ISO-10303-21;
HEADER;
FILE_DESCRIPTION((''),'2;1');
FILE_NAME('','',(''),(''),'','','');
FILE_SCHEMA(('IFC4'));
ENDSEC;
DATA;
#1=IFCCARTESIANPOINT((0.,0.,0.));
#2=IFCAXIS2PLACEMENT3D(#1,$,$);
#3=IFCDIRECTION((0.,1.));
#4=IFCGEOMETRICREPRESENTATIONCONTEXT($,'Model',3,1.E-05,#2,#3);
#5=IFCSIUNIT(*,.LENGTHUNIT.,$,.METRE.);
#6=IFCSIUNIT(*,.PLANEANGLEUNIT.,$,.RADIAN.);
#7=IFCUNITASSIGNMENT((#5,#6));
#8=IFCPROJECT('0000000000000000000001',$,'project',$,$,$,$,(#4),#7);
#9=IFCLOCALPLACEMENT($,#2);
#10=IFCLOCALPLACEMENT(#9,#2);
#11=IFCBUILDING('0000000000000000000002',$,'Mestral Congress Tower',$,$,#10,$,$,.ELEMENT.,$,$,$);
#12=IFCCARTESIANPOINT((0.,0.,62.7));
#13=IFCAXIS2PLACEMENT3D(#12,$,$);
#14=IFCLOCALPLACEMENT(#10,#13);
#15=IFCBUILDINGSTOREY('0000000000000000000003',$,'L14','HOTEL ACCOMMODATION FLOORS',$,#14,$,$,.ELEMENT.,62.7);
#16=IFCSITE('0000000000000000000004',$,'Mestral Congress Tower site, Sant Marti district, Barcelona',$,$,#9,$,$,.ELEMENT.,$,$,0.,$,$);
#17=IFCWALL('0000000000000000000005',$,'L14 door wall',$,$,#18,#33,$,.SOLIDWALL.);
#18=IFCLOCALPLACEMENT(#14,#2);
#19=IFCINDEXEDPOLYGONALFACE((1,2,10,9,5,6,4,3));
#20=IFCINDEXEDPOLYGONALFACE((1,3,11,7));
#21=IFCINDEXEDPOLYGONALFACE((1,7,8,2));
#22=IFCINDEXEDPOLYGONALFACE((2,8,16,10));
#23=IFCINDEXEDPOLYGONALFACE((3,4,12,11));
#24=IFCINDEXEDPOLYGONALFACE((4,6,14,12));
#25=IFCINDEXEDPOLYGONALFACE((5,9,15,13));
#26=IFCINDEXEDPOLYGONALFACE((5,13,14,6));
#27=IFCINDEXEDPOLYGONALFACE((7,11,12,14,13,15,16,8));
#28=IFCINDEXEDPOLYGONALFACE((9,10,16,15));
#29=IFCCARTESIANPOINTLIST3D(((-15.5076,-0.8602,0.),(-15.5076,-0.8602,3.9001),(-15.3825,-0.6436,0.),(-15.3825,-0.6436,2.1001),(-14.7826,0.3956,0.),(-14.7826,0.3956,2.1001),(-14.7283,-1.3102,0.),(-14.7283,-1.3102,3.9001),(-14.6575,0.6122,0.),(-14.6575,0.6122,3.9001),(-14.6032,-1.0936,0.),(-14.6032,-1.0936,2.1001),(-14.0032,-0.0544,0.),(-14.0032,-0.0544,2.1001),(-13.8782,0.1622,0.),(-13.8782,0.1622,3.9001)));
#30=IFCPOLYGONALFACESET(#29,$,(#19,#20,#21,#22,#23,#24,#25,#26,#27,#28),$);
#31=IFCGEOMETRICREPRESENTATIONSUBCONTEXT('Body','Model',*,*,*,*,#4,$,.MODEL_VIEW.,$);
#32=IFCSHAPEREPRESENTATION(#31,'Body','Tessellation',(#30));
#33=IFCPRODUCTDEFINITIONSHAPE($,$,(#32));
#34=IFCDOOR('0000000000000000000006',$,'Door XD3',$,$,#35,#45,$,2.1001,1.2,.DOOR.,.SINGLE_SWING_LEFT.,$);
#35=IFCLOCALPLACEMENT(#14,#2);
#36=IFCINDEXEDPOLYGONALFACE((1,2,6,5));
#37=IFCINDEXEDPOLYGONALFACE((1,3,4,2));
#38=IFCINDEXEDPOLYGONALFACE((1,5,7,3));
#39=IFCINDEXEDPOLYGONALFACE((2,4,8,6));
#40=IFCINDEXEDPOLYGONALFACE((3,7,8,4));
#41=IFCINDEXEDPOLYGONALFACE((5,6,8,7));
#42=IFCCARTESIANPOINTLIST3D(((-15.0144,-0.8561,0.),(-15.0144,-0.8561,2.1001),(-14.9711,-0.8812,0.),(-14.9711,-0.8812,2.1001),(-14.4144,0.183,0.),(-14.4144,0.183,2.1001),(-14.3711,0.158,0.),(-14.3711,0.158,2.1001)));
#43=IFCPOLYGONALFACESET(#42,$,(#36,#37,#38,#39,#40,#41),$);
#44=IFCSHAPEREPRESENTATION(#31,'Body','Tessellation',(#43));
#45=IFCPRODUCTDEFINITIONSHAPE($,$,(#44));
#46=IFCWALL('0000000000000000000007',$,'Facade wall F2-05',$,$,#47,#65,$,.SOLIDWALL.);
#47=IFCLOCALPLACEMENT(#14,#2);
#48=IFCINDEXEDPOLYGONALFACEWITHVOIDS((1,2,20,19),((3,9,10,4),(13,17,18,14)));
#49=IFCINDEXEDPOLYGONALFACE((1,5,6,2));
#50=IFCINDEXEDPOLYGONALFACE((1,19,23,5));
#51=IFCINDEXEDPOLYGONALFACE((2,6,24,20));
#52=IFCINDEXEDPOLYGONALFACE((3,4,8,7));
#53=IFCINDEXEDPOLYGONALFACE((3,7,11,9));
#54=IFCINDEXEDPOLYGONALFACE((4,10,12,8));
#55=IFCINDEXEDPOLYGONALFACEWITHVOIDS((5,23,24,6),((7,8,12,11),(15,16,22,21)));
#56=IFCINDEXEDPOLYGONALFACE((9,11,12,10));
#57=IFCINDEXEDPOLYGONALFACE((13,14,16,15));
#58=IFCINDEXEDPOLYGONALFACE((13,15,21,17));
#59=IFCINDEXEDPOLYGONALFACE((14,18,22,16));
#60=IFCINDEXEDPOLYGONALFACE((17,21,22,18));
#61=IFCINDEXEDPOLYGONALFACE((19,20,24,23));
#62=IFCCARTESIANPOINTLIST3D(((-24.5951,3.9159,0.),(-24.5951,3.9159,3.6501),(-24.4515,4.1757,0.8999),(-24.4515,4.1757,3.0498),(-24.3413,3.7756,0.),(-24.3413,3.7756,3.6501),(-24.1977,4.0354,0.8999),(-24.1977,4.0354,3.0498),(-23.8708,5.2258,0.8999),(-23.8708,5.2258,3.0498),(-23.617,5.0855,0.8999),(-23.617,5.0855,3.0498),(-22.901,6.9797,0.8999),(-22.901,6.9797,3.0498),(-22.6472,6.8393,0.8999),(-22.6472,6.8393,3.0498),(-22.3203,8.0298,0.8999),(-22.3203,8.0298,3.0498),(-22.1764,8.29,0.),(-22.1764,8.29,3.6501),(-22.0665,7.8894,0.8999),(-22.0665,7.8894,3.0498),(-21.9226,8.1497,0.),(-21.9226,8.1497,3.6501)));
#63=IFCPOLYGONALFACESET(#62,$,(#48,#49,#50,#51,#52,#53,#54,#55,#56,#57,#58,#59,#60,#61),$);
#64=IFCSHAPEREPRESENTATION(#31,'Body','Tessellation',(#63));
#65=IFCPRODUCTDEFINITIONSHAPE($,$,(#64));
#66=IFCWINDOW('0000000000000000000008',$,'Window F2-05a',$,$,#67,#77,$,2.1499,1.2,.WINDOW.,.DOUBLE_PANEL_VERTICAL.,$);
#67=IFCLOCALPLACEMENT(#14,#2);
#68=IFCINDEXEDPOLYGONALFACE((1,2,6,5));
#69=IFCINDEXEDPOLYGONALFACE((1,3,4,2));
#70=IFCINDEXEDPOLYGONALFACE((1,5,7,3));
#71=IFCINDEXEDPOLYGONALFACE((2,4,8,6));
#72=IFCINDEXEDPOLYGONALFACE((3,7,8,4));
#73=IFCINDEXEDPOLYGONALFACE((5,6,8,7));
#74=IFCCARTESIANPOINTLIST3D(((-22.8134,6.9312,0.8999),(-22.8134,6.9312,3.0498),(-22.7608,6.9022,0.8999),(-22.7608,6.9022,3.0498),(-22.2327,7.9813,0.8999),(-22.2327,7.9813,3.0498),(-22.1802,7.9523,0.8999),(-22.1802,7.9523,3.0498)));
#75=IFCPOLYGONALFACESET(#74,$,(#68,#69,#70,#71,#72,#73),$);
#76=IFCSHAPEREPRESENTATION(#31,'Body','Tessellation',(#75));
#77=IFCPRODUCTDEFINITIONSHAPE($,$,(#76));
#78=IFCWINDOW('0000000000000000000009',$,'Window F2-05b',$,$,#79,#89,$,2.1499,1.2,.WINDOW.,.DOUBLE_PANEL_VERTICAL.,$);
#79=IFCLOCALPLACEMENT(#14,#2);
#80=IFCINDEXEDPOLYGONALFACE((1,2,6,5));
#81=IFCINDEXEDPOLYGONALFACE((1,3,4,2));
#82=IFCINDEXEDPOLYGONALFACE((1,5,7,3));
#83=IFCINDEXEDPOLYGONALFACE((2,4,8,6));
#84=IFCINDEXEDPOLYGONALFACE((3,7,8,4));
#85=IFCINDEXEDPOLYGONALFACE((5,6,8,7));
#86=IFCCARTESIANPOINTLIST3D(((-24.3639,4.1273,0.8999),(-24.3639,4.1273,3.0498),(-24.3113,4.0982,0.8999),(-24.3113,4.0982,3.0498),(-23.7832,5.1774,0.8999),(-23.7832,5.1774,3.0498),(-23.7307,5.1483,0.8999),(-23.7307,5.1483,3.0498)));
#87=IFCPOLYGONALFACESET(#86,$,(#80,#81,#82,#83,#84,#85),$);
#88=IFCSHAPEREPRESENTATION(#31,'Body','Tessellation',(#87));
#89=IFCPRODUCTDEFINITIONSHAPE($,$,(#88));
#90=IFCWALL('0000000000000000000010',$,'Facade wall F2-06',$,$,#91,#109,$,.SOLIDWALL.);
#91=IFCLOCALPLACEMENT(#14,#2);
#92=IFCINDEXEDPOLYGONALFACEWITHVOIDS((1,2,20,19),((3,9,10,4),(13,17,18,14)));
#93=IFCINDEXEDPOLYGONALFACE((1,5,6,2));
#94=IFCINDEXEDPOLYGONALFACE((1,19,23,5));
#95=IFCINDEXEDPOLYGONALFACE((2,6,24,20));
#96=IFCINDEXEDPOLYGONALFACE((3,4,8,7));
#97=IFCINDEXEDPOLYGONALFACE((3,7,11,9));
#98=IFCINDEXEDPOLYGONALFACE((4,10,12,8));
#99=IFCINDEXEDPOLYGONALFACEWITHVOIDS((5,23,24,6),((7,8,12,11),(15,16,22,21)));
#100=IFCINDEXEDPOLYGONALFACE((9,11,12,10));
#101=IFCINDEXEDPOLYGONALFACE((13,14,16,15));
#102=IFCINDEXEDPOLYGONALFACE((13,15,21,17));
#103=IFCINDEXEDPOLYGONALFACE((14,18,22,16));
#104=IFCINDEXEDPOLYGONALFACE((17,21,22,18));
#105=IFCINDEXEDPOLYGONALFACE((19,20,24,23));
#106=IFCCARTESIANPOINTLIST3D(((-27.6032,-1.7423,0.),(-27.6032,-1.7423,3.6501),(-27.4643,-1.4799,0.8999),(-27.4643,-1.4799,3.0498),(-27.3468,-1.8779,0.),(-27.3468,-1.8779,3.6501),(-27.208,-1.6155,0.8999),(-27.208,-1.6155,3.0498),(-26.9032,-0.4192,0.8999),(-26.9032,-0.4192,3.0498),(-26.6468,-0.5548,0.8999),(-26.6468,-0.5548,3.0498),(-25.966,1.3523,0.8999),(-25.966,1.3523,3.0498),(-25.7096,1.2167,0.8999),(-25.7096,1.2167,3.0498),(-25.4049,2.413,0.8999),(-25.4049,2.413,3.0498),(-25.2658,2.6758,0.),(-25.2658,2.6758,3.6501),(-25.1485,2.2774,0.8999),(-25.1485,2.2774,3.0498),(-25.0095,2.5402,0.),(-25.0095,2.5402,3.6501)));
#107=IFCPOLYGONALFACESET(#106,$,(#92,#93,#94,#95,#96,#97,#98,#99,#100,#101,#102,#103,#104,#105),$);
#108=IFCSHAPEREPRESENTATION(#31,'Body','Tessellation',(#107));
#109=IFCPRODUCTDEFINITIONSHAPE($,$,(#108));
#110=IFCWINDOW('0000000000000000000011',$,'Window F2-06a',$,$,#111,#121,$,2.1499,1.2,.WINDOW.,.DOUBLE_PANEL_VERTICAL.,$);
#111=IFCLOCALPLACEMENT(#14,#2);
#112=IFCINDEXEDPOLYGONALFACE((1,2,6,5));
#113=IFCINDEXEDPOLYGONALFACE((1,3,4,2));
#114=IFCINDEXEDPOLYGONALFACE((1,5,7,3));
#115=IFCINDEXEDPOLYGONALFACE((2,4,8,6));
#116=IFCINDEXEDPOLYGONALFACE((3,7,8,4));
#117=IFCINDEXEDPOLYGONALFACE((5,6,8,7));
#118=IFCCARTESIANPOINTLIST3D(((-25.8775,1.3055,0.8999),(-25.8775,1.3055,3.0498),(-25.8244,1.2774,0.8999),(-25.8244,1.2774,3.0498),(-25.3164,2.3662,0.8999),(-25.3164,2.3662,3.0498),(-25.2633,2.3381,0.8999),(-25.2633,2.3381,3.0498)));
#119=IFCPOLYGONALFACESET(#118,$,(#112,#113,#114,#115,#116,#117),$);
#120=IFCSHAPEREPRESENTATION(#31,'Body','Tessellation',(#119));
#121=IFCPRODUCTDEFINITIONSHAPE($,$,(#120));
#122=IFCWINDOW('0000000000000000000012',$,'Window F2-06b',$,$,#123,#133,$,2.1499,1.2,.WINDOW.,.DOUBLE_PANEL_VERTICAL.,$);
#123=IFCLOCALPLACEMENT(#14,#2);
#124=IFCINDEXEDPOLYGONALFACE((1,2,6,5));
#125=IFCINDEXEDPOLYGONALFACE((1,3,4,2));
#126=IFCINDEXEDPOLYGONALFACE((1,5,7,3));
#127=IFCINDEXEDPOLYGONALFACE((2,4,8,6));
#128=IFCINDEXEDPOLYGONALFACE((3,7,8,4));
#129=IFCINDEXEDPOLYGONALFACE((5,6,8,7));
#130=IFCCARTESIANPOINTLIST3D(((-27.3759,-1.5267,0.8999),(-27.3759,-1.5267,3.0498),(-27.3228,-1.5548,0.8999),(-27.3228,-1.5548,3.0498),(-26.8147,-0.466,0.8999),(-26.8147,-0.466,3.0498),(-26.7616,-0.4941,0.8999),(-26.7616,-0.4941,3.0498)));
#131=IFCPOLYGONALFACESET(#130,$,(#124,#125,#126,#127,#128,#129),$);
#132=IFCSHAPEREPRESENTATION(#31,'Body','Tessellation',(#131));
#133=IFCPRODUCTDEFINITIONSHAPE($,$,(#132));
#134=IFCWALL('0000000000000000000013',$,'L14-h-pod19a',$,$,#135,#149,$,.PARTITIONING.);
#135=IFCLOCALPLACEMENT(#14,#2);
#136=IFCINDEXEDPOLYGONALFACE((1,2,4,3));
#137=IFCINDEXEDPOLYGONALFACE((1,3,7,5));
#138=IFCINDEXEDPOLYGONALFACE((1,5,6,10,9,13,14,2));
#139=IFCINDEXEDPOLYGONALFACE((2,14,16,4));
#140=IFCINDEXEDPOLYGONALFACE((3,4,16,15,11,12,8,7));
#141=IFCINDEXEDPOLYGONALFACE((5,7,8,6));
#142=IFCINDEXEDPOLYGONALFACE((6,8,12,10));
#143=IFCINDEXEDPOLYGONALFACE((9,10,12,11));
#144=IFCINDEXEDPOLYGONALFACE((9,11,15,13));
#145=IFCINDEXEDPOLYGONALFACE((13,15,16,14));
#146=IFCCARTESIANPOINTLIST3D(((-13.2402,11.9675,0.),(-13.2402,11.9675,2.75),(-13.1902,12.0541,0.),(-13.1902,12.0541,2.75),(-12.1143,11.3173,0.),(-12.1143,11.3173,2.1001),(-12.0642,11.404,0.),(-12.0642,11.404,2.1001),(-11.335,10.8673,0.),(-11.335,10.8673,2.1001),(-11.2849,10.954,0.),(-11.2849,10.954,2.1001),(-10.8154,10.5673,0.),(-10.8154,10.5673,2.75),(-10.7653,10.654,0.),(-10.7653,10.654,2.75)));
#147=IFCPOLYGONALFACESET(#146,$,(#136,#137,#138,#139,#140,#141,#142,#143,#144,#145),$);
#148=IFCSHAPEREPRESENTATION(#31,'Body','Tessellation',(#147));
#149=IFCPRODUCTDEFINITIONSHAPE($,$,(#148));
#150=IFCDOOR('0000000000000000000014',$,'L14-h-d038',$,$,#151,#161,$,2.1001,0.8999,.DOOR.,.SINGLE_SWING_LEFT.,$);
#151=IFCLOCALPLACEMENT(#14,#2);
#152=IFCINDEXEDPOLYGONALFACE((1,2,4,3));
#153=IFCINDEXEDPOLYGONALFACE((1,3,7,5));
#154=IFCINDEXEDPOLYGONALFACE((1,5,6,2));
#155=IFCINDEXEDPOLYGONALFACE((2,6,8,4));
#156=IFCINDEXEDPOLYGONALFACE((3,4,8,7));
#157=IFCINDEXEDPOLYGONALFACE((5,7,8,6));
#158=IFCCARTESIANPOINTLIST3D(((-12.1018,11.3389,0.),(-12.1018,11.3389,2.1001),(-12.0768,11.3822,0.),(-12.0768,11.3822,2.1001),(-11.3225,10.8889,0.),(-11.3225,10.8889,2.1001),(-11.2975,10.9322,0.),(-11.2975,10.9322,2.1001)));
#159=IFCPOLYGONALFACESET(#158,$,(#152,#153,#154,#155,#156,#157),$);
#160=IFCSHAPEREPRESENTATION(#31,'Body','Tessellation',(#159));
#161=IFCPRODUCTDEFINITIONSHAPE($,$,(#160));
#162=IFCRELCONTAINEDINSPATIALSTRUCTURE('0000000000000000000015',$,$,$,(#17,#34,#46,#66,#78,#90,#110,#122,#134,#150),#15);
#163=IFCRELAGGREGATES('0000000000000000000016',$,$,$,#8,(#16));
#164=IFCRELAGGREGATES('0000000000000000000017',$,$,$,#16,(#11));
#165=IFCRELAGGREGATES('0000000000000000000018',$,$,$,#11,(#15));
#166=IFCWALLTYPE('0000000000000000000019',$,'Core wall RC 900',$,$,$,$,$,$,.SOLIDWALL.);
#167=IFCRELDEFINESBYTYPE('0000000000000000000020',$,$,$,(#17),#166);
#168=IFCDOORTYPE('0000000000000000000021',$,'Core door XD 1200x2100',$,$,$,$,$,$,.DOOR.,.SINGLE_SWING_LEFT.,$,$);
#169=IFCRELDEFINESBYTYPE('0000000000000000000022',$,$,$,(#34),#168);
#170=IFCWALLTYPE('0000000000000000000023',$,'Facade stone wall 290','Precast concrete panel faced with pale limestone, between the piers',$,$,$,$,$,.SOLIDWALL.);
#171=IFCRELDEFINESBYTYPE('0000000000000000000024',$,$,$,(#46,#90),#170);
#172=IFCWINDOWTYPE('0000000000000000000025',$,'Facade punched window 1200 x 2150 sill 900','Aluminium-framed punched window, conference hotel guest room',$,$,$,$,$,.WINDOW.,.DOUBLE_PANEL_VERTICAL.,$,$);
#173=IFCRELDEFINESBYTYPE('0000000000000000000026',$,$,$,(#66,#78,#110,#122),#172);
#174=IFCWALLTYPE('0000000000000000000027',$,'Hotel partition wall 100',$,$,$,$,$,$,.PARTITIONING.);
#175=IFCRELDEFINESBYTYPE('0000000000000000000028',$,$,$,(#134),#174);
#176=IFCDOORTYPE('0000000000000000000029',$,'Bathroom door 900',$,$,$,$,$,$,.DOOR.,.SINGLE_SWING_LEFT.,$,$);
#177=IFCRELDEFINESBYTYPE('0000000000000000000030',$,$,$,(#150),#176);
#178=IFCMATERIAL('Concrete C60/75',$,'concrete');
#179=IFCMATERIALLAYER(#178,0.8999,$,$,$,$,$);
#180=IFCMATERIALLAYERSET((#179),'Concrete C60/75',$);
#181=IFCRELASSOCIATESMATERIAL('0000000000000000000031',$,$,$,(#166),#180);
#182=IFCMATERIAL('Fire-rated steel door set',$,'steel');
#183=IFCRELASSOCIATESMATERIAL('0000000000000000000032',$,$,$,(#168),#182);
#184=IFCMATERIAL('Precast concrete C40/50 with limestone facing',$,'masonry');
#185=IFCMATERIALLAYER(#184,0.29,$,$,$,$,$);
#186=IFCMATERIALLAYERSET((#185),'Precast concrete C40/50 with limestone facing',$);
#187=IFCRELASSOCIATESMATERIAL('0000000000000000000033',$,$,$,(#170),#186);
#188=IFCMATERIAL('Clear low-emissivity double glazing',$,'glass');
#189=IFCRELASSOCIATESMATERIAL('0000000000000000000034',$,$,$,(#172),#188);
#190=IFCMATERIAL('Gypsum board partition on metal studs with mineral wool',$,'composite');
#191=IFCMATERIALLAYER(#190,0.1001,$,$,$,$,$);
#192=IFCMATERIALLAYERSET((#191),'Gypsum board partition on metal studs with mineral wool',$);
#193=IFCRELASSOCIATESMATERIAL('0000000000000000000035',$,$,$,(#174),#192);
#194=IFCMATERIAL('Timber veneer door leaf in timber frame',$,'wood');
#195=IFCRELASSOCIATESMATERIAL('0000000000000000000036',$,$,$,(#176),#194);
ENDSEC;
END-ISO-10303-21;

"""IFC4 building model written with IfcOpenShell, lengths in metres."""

from ifc_helpers import new_model, si_unit, direction, frame, frame_2d, origin, place, context, subcontext, project, spatial, rectangle, extrude, material, layer, layer_set, type_object, element, fill, save


model = new_model("IFC4")

# Units and contexts
model_context = context("Model", 3, precision=1e-05, world=origin(), true_north=direction((0.0, 1.0)))
body_context = subcontext(model_context, "Body", "Model", "MODEL_VIEW")
ifc_project = project(units=[si_unit("LENGTHUNIT", "METRE"), si_unit("PLANEANGLEUNIT", "RADIAN")], contexts=[model_context])

# Site, building, storey
site_placement = place(None, origin())
site = spatial("IfcSite", under=ifc_project, at=site_placement, Name="Mestral Congress Tower site, Sant Marti district, Barcelona", CompositionType="ELEMENT", RefElevation=0.0)
building_placement = place(site_placement, origin())
building = spatial("IfcBuilding", under=site, at=building_placement, Name="Mestral Congress Tower", CompositionType="ELEMENT")
storey_placement = place(building_placement, frame((0.0, 0.0, 62.7)))
storey = spatial("IfcBuildingStorey", under=building, at=storey_placement, Name="L14", Description="HOTEL ACCOMMODATION FLOORS", CompositionType="ELEMENT", Elevation=62.7)

# Shared definitions
ifc_material_1 = material(Name="Concrete C60/75", Category="concrete")
ifc_layer_1 = layer(ifc_material_1, 0.8999)
ifc_layer_set_1 = layer_set([ifc_layer_1], Name="Concrete C60/75")
wall_type_1 = type_object("IfcWallType", Name="Core wall RC 900", PredefinedType="SOLIDWALL", material=ifc_layer_set_1)

# Wall, opening, door
wall_1_placement = place(storey_placement, frame((-15.1179, -1.0852, 0.0), z_axis=(0.0, 0.0, 1.0), x_axis=(0.5, 0.866025, 0.0)))
wall_1 = element("IfcWall", 1, at=wall_1_placement, inside=storey, type_object=wall_type_1, Name="L14 door wall", PredefinedType="SOLIDWALL", context=body_context, shape_type="SweptSolid", body=[
    extrude(rectangle(XDim=1.7002, YDim=0.8999, at=frame_2d((0.8501, 0.0))), origin(), (0.0, 0.0, 1.0), 3.9001),
])
opening_1_placement = place(wall_1_placement, frame((0.25, 0.0, 0.0)))
opening_1 = element("IfcOpeningElement", 2, at=opening_1_placement, cuts=wall_1, PredefinedType="OPENING", context=body_context, shape_type="SweptSolid", body=[
    extrude(rectangle(XDim=1.2, YDim=2.1001, at=frame_2d((0.6001, 1.05))), frame((0.0, 0.46, 0.0), z_axis=(0.0, -1.0, 0.0), x_axis=(1.0, 0.0, 0.0)), (0.0, 0.0, 1.0), 0.9199),
])
ifc_material_2 = material(Name="Fire-rated steel door set", Category="steel")
door_type_1 = type_object("IfcDoorType", Name="Core door XD 1200x2100", OperationType="SINGLE_SWING_LEFT", PredefinedType="DOOR", material=ifc_material_2)
door_1_placement = place(opening_1_placement, origin())
door_1 = element("IfcDoor", 3, at=door_1_placement, inside=storey, type_object=door_type_1, Name="Door XD3", OperationType="SINGLE_SWING_LEFT", OverallHeight=2.1001, OverallWidth=1.2, PredefinedType="DOOR", context=body_context, shape_type="SweptSolid", body=[
    extrude(rectangle(XDim=1.2, YDim=2.1001, at=frame_2d((0.6001, 1.05))), frame((0.0, 0.0249, 0.0), z_axis=(0.0, -1.0, 0.0), x_axis=(1.0, 0.0, 0.0)), (0.0, 0.0, 1.0), 0.05),
])
fill(opening_1, door_1)

# Walls, openings, windows
ifc_material_3 = material(Name="Precast concrete C40/50 with limestone facing", Category="masonry")
ifc_layer_2 = layer(ifc_material_3, 0.29)
ifc_layer_set_2 = layer_set([ifc_layer_2], Name="Precast concrete C40/50 with limestone facing")
wall_type_2 = type_object("IfcWallType", Name="Facade stone wall 290", Description="Precast concrete panel faced with pale limestone, between the piers", PredefinedType="SOLIDWALL", material=ifc_layer_set_2)
wall_2_placement = place(storey_placement, frame((-22.0496, 8.2197, 0.0), z_axis=(0.0, 0.0, 1.0), x_axis=(-0.483913, -0.875116, 0.0)))
wall_2 = element("IfcWall", 4, at=wall_2_placement, inside=storey, type_object=wall_type_2, Name="Facade wall F2-05", PredefinedType="SOLIDWALL", context=body_context, shape_type="SweptSolid", body=[
    extrude(rectangle(XDim=4.9983, YDim=0.29, at=frame_2d((2.499, 0.0))), origin(), (0.0, 0.0, 1.0), 3.6501),
])
opening_2_placement = place(wall_2_placement, frame((0.2971, 0.0, 0.8999)))
opening_2 = element("IfcOpeningElement", 5, at=opening_2_placement, cuts=wall_2, PredefinedType="OPENING", context=body_context, shape_type="SweptSolid", body=[
    extrude(rectangle(XDim=1.2, YDim=2.1499, at=frame_2d((0.6001, 1.075))), frame((0.0, 0.155, 0.0), z_axis=(0.0, -1.0, 0.0), x_axis=(1.0, 0.0, 0.0)), (0.0, 0.0, 1.0), 0.3101),
])
opening_3_placement = place(wall_2_placement, frame((3.5012, 0.0, 0.8999)))
opening_3 = element("IfcOpeningElement", 6, at=opening_3_placement, cuts=wall_2, PredefinedType="OPENING", context=body_context, shape_type="SweptSolid", body=[
    extrude(rectangle(XDim=1.2, YDim=2.1499, at=frame_2d((0.6001, 1.075))), frame((0.0, 0.155, 0.0), z_axis=(0.0, -1.0, 0.0), x_axis=(1.0, 0.0, 0.0)), (0.0, 0.0, 1.0), 0.3101),
])
ifc_material_4 = material(Name="Clear low-emissivity double glazing", Category="glass")
window_type = type_object("IfcWindowType", Name="Facade punched window 1200 x 2150 sill 900", Description="Aluminium-framed punched window, conference hotel guest room", PartitioningType="DOUBLE_PANEL_VERTICAL", PredefinedType="WINDOW", material=ifc_material_4)
window_1_placement = place(opening_2_placement, origin())
window_1 = element("IfcWindow", 7, at=window_1_placement, inside=storey, type_object=window_type, Name="Window F2-05a", OverallHeight=2.1499, OverallWidth=1.2, PartitioningType="DOUBLE_PANEL_VERTICAL", PredefinedType="WINDOW", context=body_context, shape_type="SweptSolid", body=[
    extrude(rectangle(XDim=1.2, YDim=2.1499, at=frame_2d((0.6001, 1.075))), frame((0.0, 0.0151, 0.0), z_axis=(0.0, -1.0, 0.0), x_axis=(1.0, 0.0, 0.0)), (0.0, 0.0, 1.0), 0.0601),
])
fill(opening_2, window_1)
window_2_placement = place(opening_3_placement, origin())
window_2 = element("IfcWindow", 8, at=window_2_placement, inside=storey, type_object=window_type, Name="Window F2-05b", OverallHeight=2.1499, OverallWidth=1.2, PartitioningType="DOUBLE_PANEL_VERTICAL", PredefinedType="WINDOW", context=body_context, shape_type="SweptSolid", body=[
    extrude(rectangle(XDim=1.2, YDim=2.1499, at=frame_2d((0.6001, 1.075))), frame((0.0, 0.0151, 0.0), z_axis=(0.0, -1.0, 0.0), x_axis=(1.0, 0.0, 0.0)), (0.0, 0.0, 1.0), 0.0601),
])
fill(opening_3, window_2)
wall_3_placement = place(storey_placement, frame((-25.1377, 2.6079, 0.0), z_axis=(0.0, 0.0, 1.0), x_axis=(-0.46763, -0.883925, 0.0)))
wall_3 = element("IfcWall", 9, at=wall_3_placement, inside=storey, type_object=wall_type_2, Name="Facade wall F2-06", PredefinedType="SOLIDWALL", context=body_context, shape_type="SweptSolid", body=[
    extrude(rectangle(XDim=4.9983, YDim=0.29, at=frame_2d((2.499, 0.0))), origin(), (0.0, 0.0, 1.0), 3.6501),
])
opening_4_placement = place(wall_3_placement, frame((0.2971, 0.0, 0.8999)))
opening_4 = element("IfcOpeningElement", 10, at=opening_4_placement, cuts=wall_3, PredefinedType="OPENING", context=body_context, shape_type="SweptSolid", body=[
    extrude(rectangle(XDim=1.2, YDim=2.1499, at=frame_2d((0.6001, 1.075))), frame((0.0, 0.155, 0.0), z_axis=(0.0, -1.0, 0.0), x_axis=(1.0, 0.0, 0.0)), (0.0, 0.0, 1.0), 0.3101),
])
opening_5_placement = place(wall_3_placement, frame((3.5012, 0.0, 0.8999)))
opening_5 = element("IfcOpeningElement", 11, at=opening_5_placement, cuts=wall_3, PredefinedType="OPENING", context=body_context, shape_type="SweptSolid", body=[
    extrude(rectangle(XDim=1.2, YDim=2.1499, at=frame_2d((0.6001, 1.075))), frame((0.0, 0.155, 0.0), z_axis=(0.0, -1.0, 0.0), x_axis=(1.0, 0.0, 0.0)), (0.0, 0.0, 1.0), 0.3101),
])
window_3_placement = place(opening_4_placement, origin())
window_3 = element("IfcWindow", 12, at=window_3_placement, inside=storey, type_object=window_type, Name="Window F2-06a", OverallHeight=2.1499, OverallWidth=1.2, PartitioningType="DOUBLE_PANEL_VERTICAL", PredefinedType="WINDOW", context=body_context, shape_type="SweptSolid", body=[
    extrude(rectangle(XDim=1.2, YDim=2.1499, at=frame_2d((0.6001, 1.075))), frame((0.0, 0.0151, 0.0), z_axis=(0.0, -1.0, 0.0), x_axis=(1.0, 0.0, 0.0)), (0.0, 0.0, 1.0), 0.0601),
])
fill(opening_4, window_3)
window_4_placement = place(opening_5_placement, origin())
window_4 = element("IfcWindow", 13, at=window_4_placement, inside=storey, type_object=window_type, Name="Window F2-06b", OverallHeight=2.1499, OverallWidth=1.2, PartitioningType="DOUBLE_PANEL_VERTICAL", PredefinedType="WINDOW", context=body_context, shape_type="SweptSolid", body=[
    extrude(rectangle(XDim=1.2, YDim=2.1499, at=frame_2d((0.6001, 1.075))), frame((0.0, 0.0151, 0.0), z_axis=(0.0, -1.0, 0.0), x_axis=(1.0, 0.0, 0.0)), (0.0, 0.0, 1.0), 0.0601),
])
fill(opening_5, window_4)

# Wall, opening, door
ifc_material_5 = material(Name="Gypsum board partition on metal studs with mineral wool", Category="composite")
ifc_layer_3 = layer(ifc_material_5, 0.1001)
ifc_layer_set_3 = layer_set([ifc_layer_3], Name="Gypsum board partition on metal studs with mineral wool")
wall_type_3 = type_object("IfcWallType", Name="Hotel partition wall 100", PredefinedType="PARTITIONING", material=ifc_layer_set_3)
wall_4_placement = place(storey_placement, frame((-13.2151, 12.0107, 0.0), z_axis=(0.0, 0.0, 1.0), x_axis=(0.865997, -0.50005, 0.0)))
wall_4 = element("IfcWall", 14, at=wall_4_placement, inside=storey, type_object=wall_type_3, Name="L14-h-pod19a", PredefinedType="PARTITIONING", context=body_context, shape_type="SweptSolid", body=[
    extrude(rectangle(XDim=2.8, YDim=0.1001, at=frame_2d((1.3999, 0.0))), origin(), (0.0, 0.0, 1.0), 2.75),
])
opening_6_placement = place(wall_4_placement, frame((1.3, 0.0, 0.0)))
opening_6 = element("IfcOpeningElement", 15, at=opening_6_placement, cuts=wall_4, PredefinedType="OPENING", context=body_context, shape_type="SweptSolid", body=[
    extrude(rectangle(XDim=0.8999, YDim=2.1001, at=frame_2d((0.45, 1.05))), frame((0.0, 0.0601, 0.0), z_axis=(0.0, -1.0, 0.0), x_axis=(1.0, 0.0, 0.0)), (0.0, 0.0, 1.0), 0.1201),
])
ifc_material_6 = material(Name="Timber veneer door leaf in timber frame", Category="wood")
door_type_2 = type_object("IfcDoorType", Name="Bathroom door 900", OperationType="SINGLE_SWING_LEFT", PredefinedType="DOOR", material=ifc_material_6)
door_2_placement = place(opening_6_placement, origin())
door_2 = element("IfcDoor", 16, at=door_2_placement, inside=storey, type_object=door_type_2, Name="L14-h-d038", OperationType="SINGLE_SWING_LEFT", OverallHeight=2.1001, OverallWidth=0.8999, PredefinedType="DOOR", context=body_context, shape_type="SweptSolid", body=[
    extrude(rectangle(XDim=0.8999, YDim=2.1001, at=frame_2d((0.45, 1.05))), frame((0.0, 0.0249, 0.0), z_axis=(0.0, -1.0, 0.0), x_axis=(1.0, 0.0, 0.0)), (0.0, 0.0, 1.0), 0.05),
])
fill(opening_6, door_2)

save(model, "model.ifc")
